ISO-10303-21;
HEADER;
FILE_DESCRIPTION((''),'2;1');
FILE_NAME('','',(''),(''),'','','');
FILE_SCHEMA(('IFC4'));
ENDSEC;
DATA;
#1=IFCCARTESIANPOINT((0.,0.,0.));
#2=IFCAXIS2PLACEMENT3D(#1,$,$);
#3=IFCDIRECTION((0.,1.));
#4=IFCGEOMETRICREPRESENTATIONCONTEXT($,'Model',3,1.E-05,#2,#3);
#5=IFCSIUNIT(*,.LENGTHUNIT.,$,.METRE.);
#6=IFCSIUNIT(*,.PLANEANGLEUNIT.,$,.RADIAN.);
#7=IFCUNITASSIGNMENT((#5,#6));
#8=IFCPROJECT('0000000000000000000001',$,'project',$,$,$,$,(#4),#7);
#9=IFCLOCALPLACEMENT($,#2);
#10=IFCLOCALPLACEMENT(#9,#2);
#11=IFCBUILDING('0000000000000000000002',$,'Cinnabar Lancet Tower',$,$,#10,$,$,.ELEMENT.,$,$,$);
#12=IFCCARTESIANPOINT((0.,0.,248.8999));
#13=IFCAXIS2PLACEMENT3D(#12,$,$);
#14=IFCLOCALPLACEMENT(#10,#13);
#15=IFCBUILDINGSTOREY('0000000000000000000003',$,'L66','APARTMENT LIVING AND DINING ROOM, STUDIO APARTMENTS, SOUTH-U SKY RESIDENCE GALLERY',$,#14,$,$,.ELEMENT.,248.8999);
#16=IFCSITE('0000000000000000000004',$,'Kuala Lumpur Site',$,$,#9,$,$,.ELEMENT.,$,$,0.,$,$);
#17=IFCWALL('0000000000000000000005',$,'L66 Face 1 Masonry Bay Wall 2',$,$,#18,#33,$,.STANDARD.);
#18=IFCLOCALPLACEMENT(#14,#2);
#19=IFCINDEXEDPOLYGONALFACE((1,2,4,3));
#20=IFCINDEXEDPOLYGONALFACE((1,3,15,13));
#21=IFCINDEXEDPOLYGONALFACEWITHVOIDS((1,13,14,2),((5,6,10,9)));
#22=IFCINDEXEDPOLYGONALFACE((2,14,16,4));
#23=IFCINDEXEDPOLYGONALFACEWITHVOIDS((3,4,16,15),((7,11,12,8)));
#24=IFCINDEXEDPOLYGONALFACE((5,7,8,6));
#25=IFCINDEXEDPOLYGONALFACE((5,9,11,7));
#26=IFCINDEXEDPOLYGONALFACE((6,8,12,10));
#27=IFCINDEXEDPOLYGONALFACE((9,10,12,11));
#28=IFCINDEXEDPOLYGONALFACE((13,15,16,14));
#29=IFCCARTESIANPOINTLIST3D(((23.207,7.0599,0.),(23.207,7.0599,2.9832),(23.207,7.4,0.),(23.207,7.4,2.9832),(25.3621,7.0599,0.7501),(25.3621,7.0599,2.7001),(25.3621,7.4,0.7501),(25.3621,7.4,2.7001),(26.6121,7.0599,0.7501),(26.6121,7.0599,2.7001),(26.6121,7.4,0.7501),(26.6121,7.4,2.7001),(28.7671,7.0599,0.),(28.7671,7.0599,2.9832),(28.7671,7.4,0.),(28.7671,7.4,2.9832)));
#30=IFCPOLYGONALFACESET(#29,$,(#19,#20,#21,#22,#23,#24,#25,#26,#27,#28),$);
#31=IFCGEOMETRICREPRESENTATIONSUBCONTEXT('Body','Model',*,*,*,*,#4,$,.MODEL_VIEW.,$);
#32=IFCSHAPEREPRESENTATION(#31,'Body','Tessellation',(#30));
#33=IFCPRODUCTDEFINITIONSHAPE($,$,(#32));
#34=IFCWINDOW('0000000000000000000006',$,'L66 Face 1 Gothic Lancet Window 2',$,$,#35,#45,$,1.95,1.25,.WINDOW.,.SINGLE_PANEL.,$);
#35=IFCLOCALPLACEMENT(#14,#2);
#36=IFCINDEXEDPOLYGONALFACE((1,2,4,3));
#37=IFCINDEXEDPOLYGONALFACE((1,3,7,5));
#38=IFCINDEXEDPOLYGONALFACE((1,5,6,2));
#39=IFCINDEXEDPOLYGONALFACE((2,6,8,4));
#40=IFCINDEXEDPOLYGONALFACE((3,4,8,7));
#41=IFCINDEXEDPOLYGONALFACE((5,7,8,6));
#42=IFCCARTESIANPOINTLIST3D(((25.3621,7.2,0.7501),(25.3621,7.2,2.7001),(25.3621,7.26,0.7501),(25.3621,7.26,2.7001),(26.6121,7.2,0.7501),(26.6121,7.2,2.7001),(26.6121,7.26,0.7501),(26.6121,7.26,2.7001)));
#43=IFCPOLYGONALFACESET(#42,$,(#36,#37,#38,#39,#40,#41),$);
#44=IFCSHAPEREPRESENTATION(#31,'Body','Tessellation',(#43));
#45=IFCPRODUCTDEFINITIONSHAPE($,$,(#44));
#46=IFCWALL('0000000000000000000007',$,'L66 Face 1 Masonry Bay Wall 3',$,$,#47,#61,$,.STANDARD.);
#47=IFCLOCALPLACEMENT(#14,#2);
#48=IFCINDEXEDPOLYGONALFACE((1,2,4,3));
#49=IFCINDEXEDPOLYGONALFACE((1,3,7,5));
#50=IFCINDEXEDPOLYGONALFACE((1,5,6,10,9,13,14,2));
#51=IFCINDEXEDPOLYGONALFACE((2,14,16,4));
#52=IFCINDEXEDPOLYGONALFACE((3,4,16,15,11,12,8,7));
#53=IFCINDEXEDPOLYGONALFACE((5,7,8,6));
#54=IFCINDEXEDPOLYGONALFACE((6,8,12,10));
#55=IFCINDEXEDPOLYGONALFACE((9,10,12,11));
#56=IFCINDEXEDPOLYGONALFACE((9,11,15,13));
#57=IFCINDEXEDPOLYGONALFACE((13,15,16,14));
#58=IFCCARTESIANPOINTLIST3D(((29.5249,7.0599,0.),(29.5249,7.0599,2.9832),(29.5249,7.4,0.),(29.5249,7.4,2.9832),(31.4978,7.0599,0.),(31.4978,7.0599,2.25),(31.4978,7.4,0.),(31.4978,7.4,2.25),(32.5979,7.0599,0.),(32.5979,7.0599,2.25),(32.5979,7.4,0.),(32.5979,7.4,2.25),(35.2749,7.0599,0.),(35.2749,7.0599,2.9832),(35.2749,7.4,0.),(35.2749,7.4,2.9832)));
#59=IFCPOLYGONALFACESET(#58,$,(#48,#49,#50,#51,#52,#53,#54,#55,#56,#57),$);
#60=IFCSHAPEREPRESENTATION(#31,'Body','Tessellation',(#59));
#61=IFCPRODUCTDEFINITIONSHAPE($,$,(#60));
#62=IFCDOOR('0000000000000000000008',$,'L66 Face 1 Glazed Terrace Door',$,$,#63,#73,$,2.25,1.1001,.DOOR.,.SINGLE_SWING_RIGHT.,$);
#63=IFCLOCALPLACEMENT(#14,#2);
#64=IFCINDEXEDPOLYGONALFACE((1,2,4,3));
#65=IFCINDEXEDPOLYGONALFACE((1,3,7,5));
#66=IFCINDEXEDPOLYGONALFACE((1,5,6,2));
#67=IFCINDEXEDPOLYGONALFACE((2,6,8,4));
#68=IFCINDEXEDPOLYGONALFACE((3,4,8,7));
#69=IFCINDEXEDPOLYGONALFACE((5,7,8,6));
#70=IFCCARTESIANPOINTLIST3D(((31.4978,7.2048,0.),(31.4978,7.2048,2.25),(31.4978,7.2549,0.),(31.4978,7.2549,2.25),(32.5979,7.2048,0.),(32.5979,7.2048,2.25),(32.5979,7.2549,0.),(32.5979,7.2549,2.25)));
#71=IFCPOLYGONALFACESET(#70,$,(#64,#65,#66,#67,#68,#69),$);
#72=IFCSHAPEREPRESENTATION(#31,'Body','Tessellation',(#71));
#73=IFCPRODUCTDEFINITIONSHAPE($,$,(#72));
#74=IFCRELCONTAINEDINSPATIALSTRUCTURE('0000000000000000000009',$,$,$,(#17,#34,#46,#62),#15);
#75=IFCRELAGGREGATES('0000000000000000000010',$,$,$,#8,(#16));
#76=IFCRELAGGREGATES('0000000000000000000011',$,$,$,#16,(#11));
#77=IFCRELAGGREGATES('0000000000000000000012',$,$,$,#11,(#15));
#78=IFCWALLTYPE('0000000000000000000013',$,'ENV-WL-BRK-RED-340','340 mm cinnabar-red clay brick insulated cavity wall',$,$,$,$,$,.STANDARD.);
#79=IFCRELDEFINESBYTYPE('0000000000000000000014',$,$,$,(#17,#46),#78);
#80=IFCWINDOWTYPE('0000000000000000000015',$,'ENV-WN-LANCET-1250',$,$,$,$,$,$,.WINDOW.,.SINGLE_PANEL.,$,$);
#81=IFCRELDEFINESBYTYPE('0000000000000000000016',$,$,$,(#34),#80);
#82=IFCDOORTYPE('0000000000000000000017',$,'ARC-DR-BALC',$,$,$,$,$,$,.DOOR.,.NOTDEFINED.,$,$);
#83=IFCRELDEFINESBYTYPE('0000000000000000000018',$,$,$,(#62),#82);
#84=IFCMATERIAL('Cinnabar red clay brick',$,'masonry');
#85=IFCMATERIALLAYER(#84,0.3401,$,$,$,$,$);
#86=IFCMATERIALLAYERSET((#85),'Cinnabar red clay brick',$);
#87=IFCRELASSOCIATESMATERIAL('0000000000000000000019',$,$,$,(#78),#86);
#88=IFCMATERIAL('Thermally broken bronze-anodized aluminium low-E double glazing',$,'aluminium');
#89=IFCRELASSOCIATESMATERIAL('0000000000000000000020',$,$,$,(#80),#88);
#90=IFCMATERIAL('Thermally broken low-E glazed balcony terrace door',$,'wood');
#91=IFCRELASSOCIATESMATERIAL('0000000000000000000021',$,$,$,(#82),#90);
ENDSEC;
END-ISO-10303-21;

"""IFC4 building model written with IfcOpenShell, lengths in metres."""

from ifc_helpers import new_model, si_unit, direction, frame, frame_2d, origin, place, context, subcontext, project, spatial, rectangle, extrude, material, layer, layer_set, type_object, element, fill, save


model = new_model("IFC4")

# Units and contexts
model_context = context("Model", 3, precision=1e-05, world=origin(), true_north=direction((0.0, 1.0)))
body_context = subcontext(model_context, "Body", "Model", "MODEL_VIEW")
ifc_project = project(units=[si_unit("LENGTHUNIT", "METRE"), si_unit("PLANEANGLEUNIT", "RADIAN")], contexts=[model_context])

# Site, building, storey
site_placement = place(None, origin())
site = spatial("IfcSite", under=ifc_project, at=site_placement, Name="Kuala Lumpur Site", CompositionType="ELEMENT", RefElevation=0.0)
building_placement = place(site_placement, origin())
building = spatial("IfcBuilding", under=site, at=building_placement, Name="Cinnabar Lancet Tower", CompositionType="ELEMENT")
storey_placement = place(building_placement, frame((0.0, 0.0, 248.8999)))
storey = spatial("IfcBuildingStorey", under=building, at=storey_placement, Name="L66", Description="APARTMENT LIVING AND DINING ROOM, STUDIO APARTMENTS, SOUTH-U SKY RESIDENCE GALLERY", CompositionType="ELEMENT", Elevation=248.8999)

# Shared definitions
ifc_material_1 = material(Name="Cinnabar red clay brick", Category="masonry")
ifc_layer_1 = layer(ifc_material_1, 0.3401)
ifc_layer_set_1 = layer_set([ifc_layer_1], Name="Cinnabar red clay brick")
wall_type_1 = type_object("IfcWallType", Name="ENV-WL-BRK-RED-340", Description="340 mm cinnabar-red clay brick insulated cavity wall", PredefinedType="STANDARD", material=ifc_layer_set_1)

# Wall, opening, window
wall_1_placement = place(storey_placement, frame((23.207, 7.23, 0.0), z_axis=(0.0, 0.0, 1.0), x_axis=(1.0, 0.0, 0.0)))
wall_1 = element("IfcWall", 1, at=wall_1_placement, inside=storey, type_object=wall_type_1, Name="L66 Face 1 Masonry Bay Wall 2", PredefinedType="STANDARD", context=body_context, shape_type="SweptSolid", body=[
    extrude(rectangle(XDim=5.5601, YDim=0.3401, at=frame_2d((2.78, 0.0))), origin(), (0.0, 0.0, 1.0), 2.9832),
])
opening_1_placement = place(wall_1_placement, frame((2.155, 0.0, 0.75)))
opening_1 = element("IfcOpeningElement", 2, at=opening_1_placement, cuts=wall_1, PredefinedType="OPENING", context=body_context, shape_type="SweptSolid", body=[
    extrude(rectangle(XDim=1.25, YDim=1.95, at=frame_2d((0.625, 0.9751))), frame((0.0, 0.1799, 0.0), z_axis=(0.0, -1.0, 0.0), x_axis=(1.0, 0.0, 0.0)), (0.0, 0.0, 1.0), 0.3601),
])
ifc_material_2 = material(Name="Thermally broken bronze-anodized aluminium low-E double glazing", Category="aluminium")
window_type = type_object("IfcWindowType", Name="ENV-WN-LANCET-1250", PartitioningType="SINGLE_PANEL", PredefinedType="WINDOW", material=ifc_material_2)
window_placement = place(opening_1_placement, origin())
window = element("IfcWindow", 3, at=window_placement, inside=storey, type_object=window_type, Name="L66 Face 1 Gothic Lancet Window 2", OverallHeight=1.95, OverallWidth=1.25, PartitioningType="SINGLE_PANEL", PredefinedType="WINDOW", context=body_context, shape_type="SweptSolid", body=[
    extrude(rectangle(XDim=1.25, YDim=1.95, at=frame_2d((0.625, 0.9751))), frame((0.0, 0.03, 0.0), z_axis=(0.0, -1.0, 0.0), x_axis=(1.0, 0.0, 0.0)), (0.0, 0.0, 1.0), 0.0601),
])
fill(opening_1, window)

# Wall, opening, door
wall_2_placement = place(storey_placement, frame((29.5249, 7.23, 0.0), z_axis=(0.0, 0.0, 1.0), x_axis=(1.0, 0.0, 0.0)))
wall_2 = element("IfcWall", 4, at=wall_2_placement, inside=storey, type_object=wall_type_1, Name="L66 Face 1 Masonry Bay Wall 3", PredefinedType="STANDARD", context=body_context, shape_type="SweptSolid", body=[
    extrude(rectangle(XDim=5.75, YDim=0.3401, at=frame_2d((2.875, 0.0))), origin(), (0.0, 0.0, 1.0), 2.9832),
])
opening_2_placement = place(wall_2_placement, frame((1.9729, 0.0, 0.0)))
opening_2 = element("IfcOpeningElement", 5, at=opening_2_placement, cuts=wall_2, PredefinedType="OPENING", context=body_context, shape_type="SweptSolid", body=[
    extrude(rectangle(XDim=1.1001, YDim=2.25, at=frame_2d((0.55, 1.125))), frame((0.0, 0.1799, 0.0), z_axis=(0.0, -1.0, 0.0), x_axis=(1.0, 0.0, 0.0)), (0.0, 0.0, 1.0), 0.3601),
])
ifc_material_3 = material(Name="Thermally broken low-E glazed balcony terrace door", Category="wood")
door_type_1 = type_object("IfcDoorType", Name="ARC-DR-BALC", OperationType="NOTDEFINED", PredefinedType="DOOR", material=ifc_material_3)
door_1_placement = place(opening_2_placement, origin())
door_1 = element("IfcDoor", 6, at=door_1_placement, inside=storey, type_object=door_type_1, Name="L66 Face 1 Glazed Terrace Door", OperationType="SINGLE_SWING_RIGHT", OverallHeight=2.25, OverallWidth=1.1001, PredefinedType="DOOR", context=body_context, shape_type="SweptSolid", body=[
    extrude(rectangle(XDim=1.1001, YDim=2.25, at=frame_2d((0.55, 1.125))), frame((0.0, 0.0249, 0.0), z_axis=(0.0, -1.0, 0.0), x_axis=(1.0, 0.0, 0.0)), (0.0, 0.0, 1.0), 0.05),
])
fill(opening_2, door_1)

save(model, "model.ifc")
